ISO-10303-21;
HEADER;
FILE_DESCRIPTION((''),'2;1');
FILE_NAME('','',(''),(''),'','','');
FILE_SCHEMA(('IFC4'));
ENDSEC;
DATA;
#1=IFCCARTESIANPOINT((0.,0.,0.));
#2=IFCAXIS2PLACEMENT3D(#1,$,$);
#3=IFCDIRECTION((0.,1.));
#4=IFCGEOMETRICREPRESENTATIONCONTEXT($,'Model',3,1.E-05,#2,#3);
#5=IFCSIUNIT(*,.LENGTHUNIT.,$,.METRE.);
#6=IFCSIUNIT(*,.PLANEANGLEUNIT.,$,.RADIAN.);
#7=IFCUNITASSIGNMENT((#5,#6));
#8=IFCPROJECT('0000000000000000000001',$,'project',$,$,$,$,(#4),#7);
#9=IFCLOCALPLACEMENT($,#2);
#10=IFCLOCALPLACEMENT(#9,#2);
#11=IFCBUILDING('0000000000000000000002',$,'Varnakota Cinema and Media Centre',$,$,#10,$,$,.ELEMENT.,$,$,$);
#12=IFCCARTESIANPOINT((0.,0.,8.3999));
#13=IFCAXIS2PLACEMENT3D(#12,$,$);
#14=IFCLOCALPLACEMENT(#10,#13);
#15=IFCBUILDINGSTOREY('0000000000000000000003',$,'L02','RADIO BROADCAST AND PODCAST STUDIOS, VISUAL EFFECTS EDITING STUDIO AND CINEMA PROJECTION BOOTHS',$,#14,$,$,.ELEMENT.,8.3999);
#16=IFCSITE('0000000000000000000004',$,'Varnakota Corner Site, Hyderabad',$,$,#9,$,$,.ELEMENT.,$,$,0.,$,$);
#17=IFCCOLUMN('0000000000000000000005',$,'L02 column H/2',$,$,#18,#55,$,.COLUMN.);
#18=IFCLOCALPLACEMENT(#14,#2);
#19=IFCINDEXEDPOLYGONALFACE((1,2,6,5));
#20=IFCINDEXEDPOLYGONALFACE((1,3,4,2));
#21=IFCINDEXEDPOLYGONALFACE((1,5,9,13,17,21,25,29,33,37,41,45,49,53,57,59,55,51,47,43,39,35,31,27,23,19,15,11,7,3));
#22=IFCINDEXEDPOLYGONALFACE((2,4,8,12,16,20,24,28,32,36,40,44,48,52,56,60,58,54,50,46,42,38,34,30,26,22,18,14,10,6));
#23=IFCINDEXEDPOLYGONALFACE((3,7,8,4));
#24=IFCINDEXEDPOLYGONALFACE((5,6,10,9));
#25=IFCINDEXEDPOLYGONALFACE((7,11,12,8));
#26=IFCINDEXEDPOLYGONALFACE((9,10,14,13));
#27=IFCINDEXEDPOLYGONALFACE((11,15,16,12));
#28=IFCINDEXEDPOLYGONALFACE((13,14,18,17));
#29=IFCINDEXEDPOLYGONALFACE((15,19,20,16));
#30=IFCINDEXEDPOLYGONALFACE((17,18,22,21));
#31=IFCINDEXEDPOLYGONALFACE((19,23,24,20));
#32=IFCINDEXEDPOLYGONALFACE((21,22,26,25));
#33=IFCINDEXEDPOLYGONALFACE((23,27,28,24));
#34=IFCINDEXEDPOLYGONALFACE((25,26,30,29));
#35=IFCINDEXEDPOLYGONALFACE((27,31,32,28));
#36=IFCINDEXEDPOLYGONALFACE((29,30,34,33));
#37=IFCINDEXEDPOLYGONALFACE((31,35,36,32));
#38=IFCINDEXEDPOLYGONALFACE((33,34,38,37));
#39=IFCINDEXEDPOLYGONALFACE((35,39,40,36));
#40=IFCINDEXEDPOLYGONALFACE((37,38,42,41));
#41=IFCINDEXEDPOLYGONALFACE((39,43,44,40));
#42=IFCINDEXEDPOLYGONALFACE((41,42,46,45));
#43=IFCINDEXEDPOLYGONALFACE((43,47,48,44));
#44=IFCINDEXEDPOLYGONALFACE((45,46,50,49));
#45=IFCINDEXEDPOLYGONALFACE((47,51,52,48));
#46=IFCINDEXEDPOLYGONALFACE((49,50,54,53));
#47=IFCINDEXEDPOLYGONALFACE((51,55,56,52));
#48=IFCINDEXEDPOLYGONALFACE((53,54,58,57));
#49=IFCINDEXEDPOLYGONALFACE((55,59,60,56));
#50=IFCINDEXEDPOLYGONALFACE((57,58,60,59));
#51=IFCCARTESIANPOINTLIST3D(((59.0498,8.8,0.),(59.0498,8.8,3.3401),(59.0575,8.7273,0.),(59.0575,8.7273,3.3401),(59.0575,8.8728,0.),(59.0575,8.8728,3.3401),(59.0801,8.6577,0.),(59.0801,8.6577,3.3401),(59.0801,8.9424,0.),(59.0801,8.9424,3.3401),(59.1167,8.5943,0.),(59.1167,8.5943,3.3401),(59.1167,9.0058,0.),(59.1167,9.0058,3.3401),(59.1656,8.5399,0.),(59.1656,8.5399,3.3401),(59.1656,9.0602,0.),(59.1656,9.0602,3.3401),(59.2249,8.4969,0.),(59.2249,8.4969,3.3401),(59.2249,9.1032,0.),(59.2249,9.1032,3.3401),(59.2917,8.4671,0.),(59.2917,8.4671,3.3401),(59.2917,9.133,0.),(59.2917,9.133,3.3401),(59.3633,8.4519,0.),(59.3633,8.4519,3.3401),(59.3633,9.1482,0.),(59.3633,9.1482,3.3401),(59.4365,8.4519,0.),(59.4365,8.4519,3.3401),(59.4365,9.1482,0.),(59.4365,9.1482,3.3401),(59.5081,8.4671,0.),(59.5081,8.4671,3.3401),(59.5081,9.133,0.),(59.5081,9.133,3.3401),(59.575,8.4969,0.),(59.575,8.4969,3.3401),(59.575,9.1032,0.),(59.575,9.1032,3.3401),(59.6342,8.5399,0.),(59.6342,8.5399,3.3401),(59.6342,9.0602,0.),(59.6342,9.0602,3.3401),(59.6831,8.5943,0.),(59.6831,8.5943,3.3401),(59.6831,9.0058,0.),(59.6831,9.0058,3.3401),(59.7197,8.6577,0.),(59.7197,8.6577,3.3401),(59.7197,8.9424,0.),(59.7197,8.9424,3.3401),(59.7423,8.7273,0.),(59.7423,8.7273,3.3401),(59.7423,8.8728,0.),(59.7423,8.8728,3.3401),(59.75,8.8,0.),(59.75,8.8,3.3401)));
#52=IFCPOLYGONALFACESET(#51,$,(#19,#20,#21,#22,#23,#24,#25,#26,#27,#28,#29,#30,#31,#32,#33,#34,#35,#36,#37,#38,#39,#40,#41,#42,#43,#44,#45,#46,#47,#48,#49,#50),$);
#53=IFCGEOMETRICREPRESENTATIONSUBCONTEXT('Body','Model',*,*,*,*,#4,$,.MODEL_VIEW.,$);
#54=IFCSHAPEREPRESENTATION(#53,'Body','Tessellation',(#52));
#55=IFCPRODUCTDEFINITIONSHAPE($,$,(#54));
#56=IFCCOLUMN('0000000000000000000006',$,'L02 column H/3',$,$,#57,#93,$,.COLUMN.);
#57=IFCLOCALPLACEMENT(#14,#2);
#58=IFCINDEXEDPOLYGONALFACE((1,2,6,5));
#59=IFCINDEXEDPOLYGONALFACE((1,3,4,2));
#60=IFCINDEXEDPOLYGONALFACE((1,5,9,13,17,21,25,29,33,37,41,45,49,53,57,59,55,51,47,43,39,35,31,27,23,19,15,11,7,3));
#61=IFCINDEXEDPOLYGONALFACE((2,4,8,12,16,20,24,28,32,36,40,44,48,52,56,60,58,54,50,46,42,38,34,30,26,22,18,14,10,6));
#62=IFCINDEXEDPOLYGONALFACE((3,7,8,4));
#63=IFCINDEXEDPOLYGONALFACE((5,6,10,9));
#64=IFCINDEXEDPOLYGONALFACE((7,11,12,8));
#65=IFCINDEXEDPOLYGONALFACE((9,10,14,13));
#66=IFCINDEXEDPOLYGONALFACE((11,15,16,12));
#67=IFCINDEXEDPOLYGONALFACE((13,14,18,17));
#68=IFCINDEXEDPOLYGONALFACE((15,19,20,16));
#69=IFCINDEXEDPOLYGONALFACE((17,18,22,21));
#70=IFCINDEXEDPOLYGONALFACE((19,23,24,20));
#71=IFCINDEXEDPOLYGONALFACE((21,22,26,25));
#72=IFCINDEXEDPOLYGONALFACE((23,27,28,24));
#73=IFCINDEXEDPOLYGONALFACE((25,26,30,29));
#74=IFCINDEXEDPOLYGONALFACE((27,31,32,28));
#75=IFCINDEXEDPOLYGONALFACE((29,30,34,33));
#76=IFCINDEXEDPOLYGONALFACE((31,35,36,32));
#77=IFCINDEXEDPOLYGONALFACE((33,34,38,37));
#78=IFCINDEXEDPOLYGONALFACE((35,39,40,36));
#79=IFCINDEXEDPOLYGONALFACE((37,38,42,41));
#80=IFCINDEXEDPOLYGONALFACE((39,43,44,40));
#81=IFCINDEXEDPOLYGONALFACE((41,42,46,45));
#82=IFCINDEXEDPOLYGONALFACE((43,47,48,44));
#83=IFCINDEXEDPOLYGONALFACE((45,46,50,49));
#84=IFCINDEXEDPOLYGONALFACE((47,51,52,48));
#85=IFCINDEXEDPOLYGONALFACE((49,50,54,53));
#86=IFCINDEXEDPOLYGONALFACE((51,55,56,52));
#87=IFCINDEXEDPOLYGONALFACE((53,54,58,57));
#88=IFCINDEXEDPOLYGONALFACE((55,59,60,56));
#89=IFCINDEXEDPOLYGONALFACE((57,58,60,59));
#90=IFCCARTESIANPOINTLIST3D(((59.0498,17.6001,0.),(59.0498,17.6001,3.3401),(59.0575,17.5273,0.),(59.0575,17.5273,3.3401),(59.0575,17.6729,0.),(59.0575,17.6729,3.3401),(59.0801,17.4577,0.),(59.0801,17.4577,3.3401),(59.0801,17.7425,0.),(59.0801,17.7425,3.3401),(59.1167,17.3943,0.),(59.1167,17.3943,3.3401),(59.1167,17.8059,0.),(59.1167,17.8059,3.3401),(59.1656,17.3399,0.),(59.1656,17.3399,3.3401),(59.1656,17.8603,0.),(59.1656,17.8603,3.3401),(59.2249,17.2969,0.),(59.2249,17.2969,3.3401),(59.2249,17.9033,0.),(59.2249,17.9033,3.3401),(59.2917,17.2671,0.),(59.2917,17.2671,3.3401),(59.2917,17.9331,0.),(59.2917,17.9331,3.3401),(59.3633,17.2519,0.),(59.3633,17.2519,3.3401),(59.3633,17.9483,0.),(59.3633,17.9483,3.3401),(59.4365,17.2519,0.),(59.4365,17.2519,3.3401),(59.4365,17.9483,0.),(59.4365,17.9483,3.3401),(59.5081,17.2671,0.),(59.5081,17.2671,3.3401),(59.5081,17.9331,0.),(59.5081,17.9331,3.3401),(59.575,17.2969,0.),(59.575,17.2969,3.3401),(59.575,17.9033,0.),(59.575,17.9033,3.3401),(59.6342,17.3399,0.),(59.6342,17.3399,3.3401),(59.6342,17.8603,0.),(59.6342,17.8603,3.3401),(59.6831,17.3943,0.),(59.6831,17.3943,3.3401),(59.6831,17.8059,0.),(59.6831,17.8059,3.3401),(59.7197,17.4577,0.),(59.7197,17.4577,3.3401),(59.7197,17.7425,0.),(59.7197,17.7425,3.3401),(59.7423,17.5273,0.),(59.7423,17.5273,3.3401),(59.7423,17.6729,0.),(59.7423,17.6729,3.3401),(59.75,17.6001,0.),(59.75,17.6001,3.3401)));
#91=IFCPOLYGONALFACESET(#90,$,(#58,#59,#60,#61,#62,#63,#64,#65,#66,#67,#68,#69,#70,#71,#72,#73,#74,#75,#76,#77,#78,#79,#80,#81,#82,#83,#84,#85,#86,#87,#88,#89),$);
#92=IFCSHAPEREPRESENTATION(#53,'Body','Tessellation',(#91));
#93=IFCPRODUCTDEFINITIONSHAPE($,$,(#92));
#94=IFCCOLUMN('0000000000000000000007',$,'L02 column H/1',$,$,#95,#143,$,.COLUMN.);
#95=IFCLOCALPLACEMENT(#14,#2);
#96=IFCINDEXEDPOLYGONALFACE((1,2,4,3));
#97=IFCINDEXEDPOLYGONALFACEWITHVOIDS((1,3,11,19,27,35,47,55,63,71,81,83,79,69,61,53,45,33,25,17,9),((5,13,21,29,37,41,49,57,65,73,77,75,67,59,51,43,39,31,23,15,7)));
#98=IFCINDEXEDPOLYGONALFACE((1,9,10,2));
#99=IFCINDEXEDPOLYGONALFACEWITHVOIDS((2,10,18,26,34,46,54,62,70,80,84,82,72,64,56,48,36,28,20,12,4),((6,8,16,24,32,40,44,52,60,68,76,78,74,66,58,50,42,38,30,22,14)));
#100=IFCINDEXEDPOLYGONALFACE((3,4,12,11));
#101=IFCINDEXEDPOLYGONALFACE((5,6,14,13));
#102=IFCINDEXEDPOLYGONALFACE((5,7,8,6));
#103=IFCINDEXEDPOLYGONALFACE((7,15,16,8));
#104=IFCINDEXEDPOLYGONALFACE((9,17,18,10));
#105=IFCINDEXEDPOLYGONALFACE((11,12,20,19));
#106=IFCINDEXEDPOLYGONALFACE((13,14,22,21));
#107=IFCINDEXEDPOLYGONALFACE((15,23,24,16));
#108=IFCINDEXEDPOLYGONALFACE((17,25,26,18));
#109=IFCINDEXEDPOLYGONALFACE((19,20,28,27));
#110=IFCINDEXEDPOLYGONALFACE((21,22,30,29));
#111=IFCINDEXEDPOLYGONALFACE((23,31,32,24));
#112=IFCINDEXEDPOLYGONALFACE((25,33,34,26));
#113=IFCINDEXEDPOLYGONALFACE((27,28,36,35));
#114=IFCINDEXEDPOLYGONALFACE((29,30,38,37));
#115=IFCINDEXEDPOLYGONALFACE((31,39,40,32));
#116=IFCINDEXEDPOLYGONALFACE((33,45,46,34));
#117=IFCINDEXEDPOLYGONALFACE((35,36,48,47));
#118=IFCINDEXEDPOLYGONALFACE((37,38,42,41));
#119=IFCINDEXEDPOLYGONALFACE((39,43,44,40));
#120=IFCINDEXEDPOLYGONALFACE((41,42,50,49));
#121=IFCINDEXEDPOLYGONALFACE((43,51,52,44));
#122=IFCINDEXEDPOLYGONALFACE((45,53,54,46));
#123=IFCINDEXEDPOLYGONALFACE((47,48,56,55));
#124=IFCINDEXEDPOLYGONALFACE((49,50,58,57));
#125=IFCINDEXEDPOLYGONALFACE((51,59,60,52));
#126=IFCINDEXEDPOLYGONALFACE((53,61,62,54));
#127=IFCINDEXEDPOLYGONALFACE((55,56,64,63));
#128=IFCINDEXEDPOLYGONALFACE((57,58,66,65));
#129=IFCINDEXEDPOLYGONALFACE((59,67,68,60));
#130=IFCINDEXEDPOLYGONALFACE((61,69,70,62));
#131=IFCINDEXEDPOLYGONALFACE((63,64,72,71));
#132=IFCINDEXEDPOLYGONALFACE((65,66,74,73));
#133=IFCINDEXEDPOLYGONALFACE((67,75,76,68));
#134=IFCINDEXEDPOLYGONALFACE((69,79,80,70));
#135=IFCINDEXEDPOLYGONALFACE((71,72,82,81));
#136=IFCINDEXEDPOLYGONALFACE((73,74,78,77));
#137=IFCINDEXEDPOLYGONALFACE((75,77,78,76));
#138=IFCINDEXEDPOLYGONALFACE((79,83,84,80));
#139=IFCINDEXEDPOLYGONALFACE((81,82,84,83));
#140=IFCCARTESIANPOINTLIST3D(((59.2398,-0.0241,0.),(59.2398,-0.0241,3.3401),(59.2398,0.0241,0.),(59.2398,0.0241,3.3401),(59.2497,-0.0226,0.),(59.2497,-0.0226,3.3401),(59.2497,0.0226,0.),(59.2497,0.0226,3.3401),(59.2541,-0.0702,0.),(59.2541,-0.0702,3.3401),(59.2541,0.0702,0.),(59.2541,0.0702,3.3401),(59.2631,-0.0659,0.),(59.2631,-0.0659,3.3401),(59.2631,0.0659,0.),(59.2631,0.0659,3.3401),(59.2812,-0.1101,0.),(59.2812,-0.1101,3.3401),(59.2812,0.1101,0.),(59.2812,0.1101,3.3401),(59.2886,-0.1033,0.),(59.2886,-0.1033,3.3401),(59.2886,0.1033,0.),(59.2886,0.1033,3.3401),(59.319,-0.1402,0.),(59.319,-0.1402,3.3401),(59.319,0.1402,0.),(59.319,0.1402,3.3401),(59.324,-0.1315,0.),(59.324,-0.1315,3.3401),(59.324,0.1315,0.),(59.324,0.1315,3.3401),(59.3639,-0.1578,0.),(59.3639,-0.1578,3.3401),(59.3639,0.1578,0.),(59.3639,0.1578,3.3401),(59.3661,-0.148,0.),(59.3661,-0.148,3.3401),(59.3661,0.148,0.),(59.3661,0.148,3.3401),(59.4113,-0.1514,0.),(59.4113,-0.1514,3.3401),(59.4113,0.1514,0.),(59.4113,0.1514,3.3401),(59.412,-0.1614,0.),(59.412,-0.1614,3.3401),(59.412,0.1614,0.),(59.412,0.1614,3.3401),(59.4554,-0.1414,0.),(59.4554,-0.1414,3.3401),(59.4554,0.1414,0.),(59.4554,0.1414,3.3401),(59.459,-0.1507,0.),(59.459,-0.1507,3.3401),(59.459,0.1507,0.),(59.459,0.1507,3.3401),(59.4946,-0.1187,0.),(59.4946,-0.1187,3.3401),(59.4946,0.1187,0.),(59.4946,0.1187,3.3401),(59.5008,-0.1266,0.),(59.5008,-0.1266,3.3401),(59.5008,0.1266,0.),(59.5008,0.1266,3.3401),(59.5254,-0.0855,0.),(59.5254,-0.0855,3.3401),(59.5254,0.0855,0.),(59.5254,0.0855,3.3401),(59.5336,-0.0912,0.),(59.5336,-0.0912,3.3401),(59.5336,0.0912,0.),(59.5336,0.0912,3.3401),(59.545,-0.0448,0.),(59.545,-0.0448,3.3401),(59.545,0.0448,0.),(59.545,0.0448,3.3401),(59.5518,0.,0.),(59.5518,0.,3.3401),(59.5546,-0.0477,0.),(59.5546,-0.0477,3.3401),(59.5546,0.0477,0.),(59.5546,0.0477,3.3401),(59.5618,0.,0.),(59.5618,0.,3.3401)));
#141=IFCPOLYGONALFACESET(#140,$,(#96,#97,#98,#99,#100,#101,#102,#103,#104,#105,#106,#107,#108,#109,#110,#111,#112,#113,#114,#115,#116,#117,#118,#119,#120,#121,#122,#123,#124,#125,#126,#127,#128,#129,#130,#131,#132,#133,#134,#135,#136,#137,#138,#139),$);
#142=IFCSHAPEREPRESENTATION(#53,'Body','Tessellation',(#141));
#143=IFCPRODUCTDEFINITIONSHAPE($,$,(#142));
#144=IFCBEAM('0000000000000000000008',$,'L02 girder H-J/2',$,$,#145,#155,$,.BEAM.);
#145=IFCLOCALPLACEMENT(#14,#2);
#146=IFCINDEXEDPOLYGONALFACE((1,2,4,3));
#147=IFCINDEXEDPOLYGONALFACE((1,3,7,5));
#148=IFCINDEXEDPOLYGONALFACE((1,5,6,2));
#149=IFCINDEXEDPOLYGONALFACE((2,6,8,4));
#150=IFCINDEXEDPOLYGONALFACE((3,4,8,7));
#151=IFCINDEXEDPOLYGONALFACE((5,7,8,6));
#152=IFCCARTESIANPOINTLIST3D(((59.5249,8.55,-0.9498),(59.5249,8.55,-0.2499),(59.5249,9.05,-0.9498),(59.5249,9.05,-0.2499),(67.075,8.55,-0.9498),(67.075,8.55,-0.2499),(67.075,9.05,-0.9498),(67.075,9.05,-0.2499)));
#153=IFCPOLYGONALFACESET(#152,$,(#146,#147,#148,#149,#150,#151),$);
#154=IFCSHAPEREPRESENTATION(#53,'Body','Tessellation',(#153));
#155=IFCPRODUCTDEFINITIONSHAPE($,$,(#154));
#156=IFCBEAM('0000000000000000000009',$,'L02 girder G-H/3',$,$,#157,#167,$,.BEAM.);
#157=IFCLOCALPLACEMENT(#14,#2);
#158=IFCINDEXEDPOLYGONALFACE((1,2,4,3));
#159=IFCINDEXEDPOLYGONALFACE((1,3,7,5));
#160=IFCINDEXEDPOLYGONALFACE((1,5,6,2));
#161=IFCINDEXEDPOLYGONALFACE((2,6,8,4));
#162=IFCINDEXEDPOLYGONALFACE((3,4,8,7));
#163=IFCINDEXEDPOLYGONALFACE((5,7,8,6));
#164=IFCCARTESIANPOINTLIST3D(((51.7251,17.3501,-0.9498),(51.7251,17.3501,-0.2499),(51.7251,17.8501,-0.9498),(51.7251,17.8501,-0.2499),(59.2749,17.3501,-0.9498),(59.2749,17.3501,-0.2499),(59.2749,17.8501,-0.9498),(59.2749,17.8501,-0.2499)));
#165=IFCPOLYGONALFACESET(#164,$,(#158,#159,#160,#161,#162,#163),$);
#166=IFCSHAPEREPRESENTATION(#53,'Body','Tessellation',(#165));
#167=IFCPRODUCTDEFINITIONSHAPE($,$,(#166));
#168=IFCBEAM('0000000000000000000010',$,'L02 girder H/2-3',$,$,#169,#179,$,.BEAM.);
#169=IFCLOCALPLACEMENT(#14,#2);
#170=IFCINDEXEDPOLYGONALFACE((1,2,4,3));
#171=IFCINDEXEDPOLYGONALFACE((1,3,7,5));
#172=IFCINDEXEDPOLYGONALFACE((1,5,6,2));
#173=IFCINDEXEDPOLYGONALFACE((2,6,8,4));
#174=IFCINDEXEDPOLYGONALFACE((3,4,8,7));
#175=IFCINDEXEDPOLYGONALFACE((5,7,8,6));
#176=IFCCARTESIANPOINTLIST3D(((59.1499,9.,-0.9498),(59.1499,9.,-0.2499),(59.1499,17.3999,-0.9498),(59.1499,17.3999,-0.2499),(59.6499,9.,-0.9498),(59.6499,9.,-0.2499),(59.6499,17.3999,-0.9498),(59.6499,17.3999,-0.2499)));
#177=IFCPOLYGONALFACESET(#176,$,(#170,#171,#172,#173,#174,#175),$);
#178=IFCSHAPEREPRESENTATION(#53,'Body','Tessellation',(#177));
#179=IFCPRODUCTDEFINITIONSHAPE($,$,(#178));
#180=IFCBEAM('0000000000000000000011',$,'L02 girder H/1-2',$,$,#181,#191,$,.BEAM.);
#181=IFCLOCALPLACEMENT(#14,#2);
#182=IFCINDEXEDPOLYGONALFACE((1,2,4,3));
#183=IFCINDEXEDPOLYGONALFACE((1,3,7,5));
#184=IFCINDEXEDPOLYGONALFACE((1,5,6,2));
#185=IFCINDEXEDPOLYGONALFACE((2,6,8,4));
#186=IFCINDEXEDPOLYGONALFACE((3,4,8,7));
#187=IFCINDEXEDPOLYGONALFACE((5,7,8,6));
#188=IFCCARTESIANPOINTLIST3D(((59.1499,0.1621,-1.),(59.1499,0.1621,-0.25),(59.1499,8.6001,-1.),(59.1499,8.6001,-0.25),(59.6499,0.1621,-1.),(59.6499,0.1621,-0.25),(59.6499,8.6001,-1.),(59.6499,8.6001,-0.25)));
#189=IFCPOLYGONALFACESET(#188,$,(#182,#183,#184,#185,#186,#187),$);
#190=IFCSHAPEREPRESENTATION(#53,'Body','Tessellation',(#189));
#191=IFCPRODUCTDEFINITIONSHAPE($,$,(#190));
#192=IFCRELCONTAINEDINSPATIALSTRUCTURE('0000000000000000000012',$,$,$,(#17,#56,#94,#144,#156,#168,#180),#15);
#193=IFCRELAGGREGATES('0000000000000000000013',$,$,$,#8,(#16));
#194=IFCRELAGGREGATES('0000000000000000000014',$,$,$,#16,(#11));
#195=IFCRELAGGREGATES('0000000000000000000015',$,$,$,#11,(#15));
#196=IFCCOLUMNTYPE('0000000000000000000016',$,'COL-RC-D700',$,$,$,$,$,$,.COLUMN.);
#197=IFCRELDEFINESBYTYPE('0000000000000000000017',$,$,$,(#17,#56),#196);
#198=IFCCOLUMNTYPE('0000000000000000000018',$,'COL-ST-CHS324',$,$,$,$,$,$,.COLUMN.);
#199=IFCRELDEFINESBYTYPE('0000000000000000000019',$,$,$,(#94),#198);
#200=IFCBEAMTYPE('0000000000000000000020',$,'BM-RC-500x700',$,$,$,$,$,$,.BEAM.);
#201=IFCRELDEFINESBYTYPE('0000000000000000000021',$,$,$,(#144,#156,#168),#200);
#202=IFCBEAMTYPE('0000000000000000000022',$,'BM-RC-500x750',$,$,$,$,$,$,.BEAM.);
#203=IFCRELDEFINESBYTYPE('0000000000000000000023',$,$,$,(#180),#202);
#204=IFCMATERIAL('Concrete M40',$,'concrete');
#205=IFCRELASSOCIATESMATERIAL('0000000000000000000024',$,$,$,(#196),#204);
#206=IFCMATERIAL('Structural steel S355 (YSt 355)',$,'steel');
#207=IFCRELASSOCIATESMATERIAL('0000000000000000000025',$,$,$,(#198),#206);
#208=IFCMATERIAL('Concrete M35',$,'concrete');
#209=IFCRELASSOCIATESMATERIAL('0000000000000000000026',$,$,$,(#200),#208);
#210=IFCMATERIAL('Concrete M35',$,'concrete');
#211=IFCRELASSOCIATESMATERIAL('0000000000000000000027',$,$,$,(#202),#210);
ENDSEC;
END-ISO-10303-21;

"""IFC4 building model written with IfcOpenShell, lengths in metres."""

from ifc_helpers import new_model, si_unit, direction, frame, origin, origin_2d, place, context, subcontext, project, spatial, rectangle, circle, hollow_circle, extrude, material, material_profile, profile_set, type_object, element, save


model = new_model("IFC4")

# Units and contexts
model_context = context("Model", 3, precision=1e-05, world=origin(), true_north=direction((0.0, 1.0)))
body_context = subcontext(model_context, "Body", "Model", "MODEL_VIEW")
ifc_project = project(units=[si_unit("LENGTHUNIT", "METRE"), si_unit("PLANEANGLEUNIT", "RADIAN")], contexts=[model_context])

# Site, building, storey
site_placement = place(None, origin())
site = spatial("IfcSite", under=ifc_project, at=site_placement, Name="Varnakota Corner Site, Hyderabad", CompositionType="ELEMENT", RefElevation=0.0)
building_placement = place(site_placement, origin())
building = spatial("IfcBuilding", under=site, at=building_placement, Name="Varnakota Cinema and Media Centre", CompositionType="ELEMENT")
storey_placement = place(building_placement, frame((0.0, 0.0, 8.3999)))
storey = spatial("IfcBuildingStorey", under=building, at=storey_placement, Name="L02", Description="RADIO BROADCAST AND PODCAST STUDIOS, VISUAL EFFECTS EDITING STUDIO AND CINEMA PROJECTION BOOTHS", CompositionType="ELEMENT", Elevation=8.3999)

# Columns
ifc_material_1 = material(Name="Concrete M40", Category="concrete")
ifc_material_profile_1 = material_profile(ifc_material_1, circle(Radius=0.3501, at=origin_2d()), Name="RC D700")
ifc_profile_set_1 = profile_set([ifc_material_profile_1], Name="Concrete M40")
column_type_1 = type_object("IfcColumnType", Name="COL-RC-D700", PredefinedType="COLUMN", material=ifc_profile_set_1)
for number, where, z_axis, x_axis, name in (
    (1, (59.3999, 8.8, 0.0), (0.0, 0.0, 1.0), (1.0, 0.0, 0.0), "L02 column H/2"),
    (2, (59.3999, 17.6001, 0.0), (0.0, 0.0, 1.0), (1.0, 0.0, 0.0), "L02 column H/3"),
):
    element("IfcColumn", number, at=place(storey_placement, frame(where, z_axis=z_axis, x_axis=x_axis)), inside=storey, type_object=column_type_1, Name=name, PredefinedType="COLUMN", context=body_context, shape_type="SweptSolid", body=[
        extrude(circle(Radius=0.3501, at=origin_2d()), origin(), (0.0, 0.0, 1.0), 3.3401),
    ])
ifc_material_2 = material(Name="Structural steel S355 (YSt 355)", Category="steel")
ifc_material_profile_2 = material_profile(ifc_material_2, hollow_circle(Radius=0.1619, WallThickness=0.01, at=origin_2d()), Name="CHS 323.9x10.0")
ifc_profile_set_2 = profile_set([ifc_material_profile_2], Name="Structural steel S355 (YSt 355)")
column_type_2 = type_object("IfcColumnType", Name="COL-ST-CHS324", PredefinedType="COLUMN", material=ifc_profile_set_2)
column_placement = place(storey_placement, frame((59.3999, 0.0, 0.0), z_axis=(0.0, 0.0, 1.0), x_axis=(1.0, 0.0, 0.0)))
element("IfcColumn", 3, at=column_placement, inside=storey, type_object=column_type_2, Name="L02 column H/1", PredefinedType="COLUMN", context=body_context, shape_type="SweptSolid", body=[
    extrude(hollow_circle(Radius=0.1619, WallThickness=0.01, at=origin_2d()), origin(), (0.0, 0.0, 1.0), 3.3401),
])

# Beams
ifc_material_3 = material(Name="Concrete M35", Category="concrete")
ifc_material_profile_3 = material_profile(ifc_material_3, rectangle(XDim=0.5, YDim=0.7, at=origin_2d()), Name="RCB 500x700")
ifc_profile_set_3 = profile_set([ifc_material_profile_3], Name="Concrete M35")
beam_type_1 = type_object("IfcBeamType", Name="BM-RC-500x700", PredefinedType="BEAM", material=ifc_profile_set_3)
beam_1_placement = place(storey_placement, frame((59.5249, 8.8, -0.5999), z_axis=(1.0, 0.0, 0.0), x_axis=(0.0, 1.0, 0.0)))
element("IfcBeam", 4, at=beam_1_placement, inside=storey, type_object=beam_type_1, Name="L02 girder H-J/2", PredefinedType="BEAM", context=body_context, shape_type="SweptSolid", body=[
    extrude(rectangle(XDim=0.5, YDim=0.7, at=origin_2d()), origin(), (0.0, 0.0, 1.0), 7.55),
])
beam_2_placement = place(storey_placement, frame((51.7251, 17.6001, -0.5999), z_axis=(1.0, 0.0, 0.0), x_axis=(0.0, 1.0, 0.0)))
element("IfcBeam", 5, at=beam_2_placement, inside=storey, type_object=beam_type_1, Name="L02 girder G-H/3", PredefinedType="BEAM", context=body_context, shape_type="SweptSolid", body=[
    extrude(rectangle(XDim=0.5, YDim=0.7, at=origin_2d()), origin(), (0.0, 0.0, 1.0), 7.5498),
])
beam_3_placement = place(storey_placement, frame((59.3999, 9.0, -0.5999), z_axis=(0.0, 1.0, 0.0), x_axis=(-1.0, 0.0, 0.0)))
element("IfcBeam", 6, at=beam_3_placement, inside=storey, type_object=beam_type_1, Name="L02 girder H/2-3", PredefinedType="BEAM", context=body_context, shape_type="SweptSolid", body=[
    extrude(rectangle(XDim=0.5, YDim=0.7, at=origin_2d()), origin(), (0.0, 0.0, 1.0), 8.3999),
])
ifc_material_4 = material(Name="Concrete M35", Category="concrete")
ifc_material_profile_4 = material_profile(ifc_material_4, rectangle(XDim=0.5, YDim=0.75, at=origin_2d()), Name="RCB 500x750")
ifc_profile_set_4 = profile_set([ifc_material_profile_4], Name="Concrete M35")
beam_type_2 = type_object("IfcBeamType", Name="BM-RC-500x750", PredefinedType="BEAM", material=ifc_profile_set_4)
beam_4_placement = place(storey_placement, frame((59.3999, 0.1621, -0.625), z_axis=(0.0, 1.0, 0.0), x_axis=(-1.0, 0.0, 0.0)))
element("IfcBeam", 7, at=beam_4_placement, inside=storey, type_object=beam_type_2, Name="L02 girder H/1-2", PredefinedType="BEAM", context=body_context, shape_type="SweptSolid", body=[
    extrude(rectangle(XDim=0.5, YDim=0.75, at=origin_2d()), origin(), (0.0, 0.0, 1.0), 8.438),
])

save(model, "model.ifc")
